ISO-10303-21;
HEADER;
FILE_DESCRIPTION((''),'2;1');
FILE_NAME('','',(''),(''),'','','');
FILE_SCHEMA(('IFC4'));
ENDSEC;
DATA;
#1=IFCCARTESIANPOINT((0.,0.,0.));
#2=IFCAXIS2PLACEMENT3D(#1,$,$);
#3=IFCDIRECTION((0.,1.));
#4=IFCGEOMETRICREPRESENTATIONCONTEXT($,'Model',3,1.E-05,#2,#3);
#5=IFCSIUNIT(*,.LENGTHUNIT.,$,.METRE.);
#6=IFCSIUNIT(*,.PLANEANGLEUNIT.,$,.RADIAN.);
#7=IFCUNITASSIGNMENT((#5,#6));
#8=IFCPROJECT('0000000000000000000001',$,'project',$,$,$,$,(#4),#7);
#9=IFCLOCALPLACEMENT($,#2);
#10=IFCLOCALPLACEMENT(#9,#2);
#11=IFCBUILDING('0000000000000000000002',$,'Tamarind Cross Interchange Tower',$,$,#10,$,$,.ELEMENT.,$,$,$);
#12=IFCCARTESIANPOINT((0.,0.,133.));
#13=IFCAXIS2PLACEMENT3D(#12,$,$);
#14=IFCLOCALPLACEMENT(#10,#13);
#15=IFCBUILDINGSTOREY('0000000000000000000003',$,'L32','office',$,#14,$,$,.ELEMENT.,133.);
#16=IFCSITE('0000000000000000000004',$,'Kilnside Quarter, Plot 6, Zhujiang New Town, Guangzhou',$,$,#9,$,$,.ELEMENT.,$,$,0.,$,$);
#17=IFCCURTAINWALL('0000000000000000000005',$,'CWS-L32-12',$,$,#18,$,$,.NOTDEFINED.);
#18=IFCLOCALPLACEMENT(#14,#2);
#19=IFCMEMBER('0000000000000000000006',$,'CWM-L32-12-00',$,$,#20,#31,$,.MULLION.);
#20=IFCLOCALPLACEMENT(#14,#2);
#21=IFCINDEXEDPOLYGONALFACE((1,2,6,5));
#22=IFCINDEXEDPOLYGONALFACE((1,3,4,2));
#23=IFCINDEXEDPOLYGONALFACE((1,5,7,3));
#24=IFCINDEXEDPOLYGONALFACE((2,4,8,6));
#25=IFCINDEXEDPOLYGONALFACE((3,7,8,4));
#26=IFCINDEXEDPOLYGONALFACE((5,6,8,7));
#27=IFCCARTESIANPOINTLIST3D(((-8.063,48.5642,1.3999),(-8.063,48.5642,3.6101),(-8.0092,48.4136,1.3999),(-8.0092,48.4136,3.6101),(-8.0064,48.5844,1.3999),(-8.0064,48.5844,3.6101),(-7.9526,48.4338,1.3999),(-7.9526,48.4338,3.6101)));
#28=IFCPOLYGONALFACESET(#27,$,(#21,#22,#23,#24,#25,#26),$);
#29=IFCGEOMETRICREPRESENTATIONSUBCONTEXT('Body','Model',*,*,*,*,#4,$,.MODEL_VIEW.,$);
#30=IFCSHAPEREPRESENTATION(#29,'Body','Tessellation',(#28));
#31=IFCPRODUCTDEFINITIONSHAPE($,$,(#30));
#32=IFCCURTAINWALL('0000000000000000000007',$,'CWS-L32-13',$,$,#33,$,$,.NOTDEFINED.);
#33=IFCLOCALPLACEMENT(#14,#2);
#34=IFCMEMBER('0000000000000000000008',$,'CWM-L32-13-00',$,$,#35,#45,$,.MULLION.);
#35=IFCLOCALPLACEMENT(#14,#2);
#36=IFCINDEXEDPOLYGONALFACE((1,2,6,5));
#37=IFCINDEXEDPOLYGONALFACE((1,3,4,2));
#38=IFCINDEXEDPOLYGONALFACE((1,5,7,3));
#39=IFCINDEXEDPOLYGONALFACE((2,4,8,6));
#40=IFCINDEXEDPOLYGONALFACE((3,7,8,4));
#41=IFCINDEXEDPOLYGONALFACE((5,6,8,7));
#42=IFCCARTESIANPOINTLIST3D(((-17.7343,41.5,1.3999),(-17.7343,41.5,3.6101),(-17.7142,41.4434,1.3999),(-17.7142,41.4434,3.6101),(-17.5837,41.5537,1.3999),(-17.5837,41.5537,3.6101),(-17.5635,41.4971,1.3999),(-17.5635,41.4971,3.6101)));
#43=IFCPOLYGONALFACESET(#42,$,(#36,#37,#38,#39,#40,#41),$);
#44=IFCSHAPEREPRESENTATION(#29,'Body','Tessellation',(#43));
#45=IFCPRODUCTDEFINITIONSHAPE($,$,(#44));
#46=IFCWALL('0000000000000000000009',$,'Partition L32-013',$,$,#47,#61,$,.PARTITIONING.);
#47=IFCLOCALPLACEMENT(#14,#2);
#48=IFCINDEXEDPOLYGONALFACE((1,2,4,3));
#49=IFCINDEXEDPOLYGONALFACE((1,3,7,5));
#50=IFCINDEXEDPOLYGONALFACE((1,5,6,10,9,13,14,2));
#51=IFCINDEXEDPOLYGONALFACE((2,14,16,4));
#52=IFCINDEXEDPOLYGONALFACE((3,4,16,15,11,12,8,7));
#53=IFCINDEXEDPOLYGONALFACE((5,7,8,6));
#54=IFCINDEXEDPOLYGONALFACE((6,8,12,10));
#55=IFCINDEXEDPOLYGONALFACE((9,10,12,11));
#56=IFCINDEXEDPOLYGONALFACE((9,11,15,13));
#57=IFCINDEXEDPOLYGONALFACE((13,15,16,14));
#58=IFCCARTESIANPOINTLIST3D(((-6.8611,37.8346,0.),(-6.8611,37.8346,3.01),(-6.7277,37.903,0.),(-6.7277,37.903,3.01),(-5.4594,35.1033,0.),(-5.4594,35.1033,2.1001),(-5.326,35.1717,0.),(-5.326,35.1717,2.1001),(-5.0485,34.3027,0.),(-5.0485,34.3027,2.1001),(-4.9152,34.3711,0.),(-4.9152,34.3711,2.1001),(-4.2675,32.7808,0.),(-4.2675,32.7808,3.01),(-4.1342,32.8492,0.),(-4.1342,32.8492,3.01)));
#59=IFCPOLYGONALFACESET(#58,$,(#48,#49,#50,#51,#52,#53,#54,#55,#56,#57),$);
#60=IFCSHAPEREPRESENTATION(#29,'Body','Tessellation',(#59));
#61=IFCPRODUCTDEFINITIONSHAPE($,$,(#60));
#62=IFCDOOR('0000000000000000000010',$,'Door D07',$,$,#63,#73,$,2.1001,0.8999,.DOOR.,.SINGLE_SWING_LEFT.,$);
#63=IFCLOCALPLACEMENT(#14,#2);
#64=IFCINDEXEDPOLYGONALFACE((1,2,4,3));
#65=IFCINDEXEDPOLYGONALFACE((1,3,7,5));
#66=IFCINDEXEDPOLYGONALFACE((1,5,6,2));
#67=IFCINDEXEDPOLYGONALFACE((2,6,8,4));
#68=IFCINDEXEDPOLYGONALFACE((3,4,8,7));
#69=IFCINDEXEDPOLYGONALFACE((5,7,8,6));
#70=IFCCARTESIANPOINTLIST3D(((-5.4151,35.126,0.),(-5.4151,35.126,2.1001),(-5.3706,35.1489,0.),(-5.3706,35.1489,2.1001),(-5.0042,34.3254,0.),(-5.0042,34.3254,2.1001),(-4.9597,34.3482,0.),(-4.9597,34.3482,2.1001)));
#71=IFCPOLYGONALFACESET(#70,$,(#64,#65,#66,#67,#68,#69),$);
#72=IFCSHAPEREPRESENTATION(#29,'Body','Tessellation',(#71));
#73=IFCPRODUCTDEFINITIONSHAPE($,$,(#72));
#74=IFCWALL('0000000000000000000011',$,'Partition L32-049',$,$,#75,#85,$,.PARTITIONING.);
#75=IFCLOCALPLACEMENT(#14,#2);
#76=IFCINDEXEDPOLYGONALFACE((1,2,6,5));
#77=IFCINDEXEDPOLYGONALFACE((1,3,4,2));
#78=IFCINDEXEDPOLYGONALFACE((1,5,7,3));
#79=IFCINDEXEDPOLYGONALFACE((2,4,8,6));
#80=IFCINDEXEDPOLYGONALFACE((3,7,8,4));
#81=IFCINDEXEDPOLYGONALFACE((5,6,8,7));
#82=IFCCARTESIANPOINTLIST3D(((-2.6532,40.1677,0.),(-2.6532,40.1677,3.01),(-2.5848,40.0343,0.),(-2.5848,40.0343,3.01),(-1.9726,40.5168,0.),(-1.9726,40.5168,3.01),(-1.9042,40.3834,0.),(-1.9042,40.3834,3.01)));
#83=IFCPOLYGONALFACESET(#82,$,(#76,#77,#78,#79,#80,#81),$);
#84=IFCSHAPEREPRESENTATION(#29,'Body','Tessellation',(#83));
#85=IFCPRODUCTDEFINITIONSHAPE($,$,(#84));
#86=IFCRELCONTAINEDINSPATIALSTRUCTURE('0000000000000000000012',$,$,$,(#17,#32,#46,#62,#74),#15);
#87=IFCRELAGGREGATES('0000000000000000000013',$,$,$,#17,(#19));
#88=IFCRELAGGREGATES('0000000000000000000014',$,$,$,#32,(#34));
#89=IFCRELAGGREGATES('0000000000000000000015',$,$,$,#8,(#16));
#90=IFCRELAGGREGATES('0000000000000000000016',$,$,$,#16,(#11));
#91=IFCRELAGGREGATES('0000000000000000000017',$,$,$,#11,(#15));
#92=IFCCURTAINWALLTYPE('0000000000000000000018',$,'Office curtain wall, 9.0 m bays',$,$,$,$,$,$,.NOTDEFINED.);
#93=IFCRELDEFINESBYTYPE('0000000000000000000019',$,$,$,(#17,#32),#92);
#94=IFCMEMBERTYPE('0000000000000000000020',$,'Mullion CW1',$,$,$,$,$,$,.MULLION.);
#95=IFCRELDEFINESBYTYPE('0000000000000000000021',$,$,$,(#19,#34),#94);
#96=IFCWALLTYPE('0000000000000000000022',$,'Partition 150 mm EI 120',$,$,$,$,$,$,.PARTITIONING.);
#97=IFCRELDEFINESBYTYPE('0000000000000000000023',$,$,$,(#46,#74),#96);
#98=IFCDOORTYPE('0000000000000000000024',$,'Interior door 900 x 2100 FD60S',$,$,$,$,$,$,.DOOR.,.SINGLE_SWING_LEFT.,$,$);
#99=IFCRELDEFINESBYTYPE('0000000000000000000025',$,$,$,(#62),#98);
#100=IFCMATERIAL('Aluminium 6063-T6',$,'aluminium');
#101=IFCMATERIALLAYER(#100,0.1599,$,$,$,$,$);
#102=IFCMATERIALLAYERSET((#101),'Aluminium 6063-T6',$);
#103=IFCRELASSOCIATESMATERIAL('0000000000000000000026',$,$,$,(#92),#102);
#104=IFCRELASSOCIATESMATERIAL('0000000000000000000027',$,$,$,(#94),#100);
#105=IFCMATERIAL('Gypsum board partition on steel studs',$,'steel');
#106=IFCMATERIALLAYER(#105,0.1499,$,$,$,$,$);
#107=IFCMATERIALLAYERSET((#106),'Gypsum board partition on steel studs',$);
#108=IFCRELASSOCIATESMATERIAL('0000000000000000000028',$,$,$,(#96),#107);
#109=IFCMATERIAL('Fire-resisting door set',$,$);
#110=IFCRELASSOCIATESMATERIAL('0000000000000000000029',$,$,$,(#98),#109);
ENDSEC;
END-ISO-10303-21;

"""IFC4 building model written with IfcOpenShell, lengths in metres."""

from ifc_helpers import new_model, si_unit, direction, frame, frame_2d, origin, origin_2d, place, context, subcontext, project, spatial, rectangle, extrude, material, layer, layer_set, material_profile, profile_set, type_object, element, fill, aggregate, save


model = new_model("IFC4")

# Units and contexts
model_context = context("Model", 3, precision=1e-05, world=origin(), true_north=direction((0.0, 1.0)))
body_context = subcontext(model_context, "Body", "Model", "MODEL_VIEW")
ifc_project = project(units=[si_unit("LENGTHUNIT", "METRE"), si_unit("PLANEANGLEUNIT", "RADIAN")], contexts=[model_context])

# Site, building, storey
site_placement = place(None, origin())
site = spatial("IfcSite", under=ifc_project, at=site_placement, Name="Kilnside Quarter, Plot 6, Zhujiang New Town, Guangzhou", CompositionType="ELEMENT", RefElevation=0.0)
building_placement = place(site_placement, origin())
building = spatial("IfcBuilding", under=site, at=building_placement, Name="Tamarind Cross Interchange Tower", CompositionType="ELEMENT")
storey_placement = place(building_placement, frame((0.0, 0.0, 133.0)))
storey = spatial("IfcBuildingStorey", under=building, at=storey_placement, Name="L32", Description="office", CompositionType="ELEMENT", Elevation=133.0)

# Curtain walls, members
ifc_material_1 = material(Name="Aluminium 6063-T6", Category="aluminium")
ifc_layer_1 = layer(ifc_material_1, 0.1599)
ifc_layer_set_1 = layer_set([ifc_layer_1], Name="Aluminium 6063-T6")
curtain_wall_type = type_object("IfcCurtainWallType", Name="Office curtain wall, 9.0 m bays", PredefinedType="NOTDEFINED", material=ifc_layer_set_1)
ifc_material_profile_1 = material_profile(ifc_material_1, rectangle(XDim=0.0601, YDim=0.1599, at=origin_2d()), Name="Mullion CW1")
ifc_profile_set_1 = profile_set([ifc_material_profile_1], Name="Aluminium 6063-T6")
member_type = type_object("IfcMemberType", Name="Mullion CW1", PredefinedType="MULLION", material=ifc_profile_set_1)
curtain_wall_1_placement = place(storey_placement, origin())
curtain_wall_1 = element("IfcCurtainWall", 1, at=curtain_wall_1_placement, inside=storey, type_object=curtain_wall_type, Name="CWS-L32-12", PredefinedType="NOTDEFINED")
member_1_placement = place(storey_placement, frame((-8.0078, 48.499, 1.3999), z_axis=(0.0, 0.0, 1.0), x_axis=(-0.941677, -0.336517, 0.0)))
member_1 = element("IfcMember", 2, at=member_1_placement, type_object=member_type, Name="CWM-L32-12-00", PredefinedType="MULLION", context=body_context, shape_type="SweptSolid", body=[
    extrude(rectangle(XDim=0.0601, YDim=0.1599, at=origin_2d()), origin(), (0.0, 0.0, 1.0), 2.2102),
])
aggregate(curtain_wall_1, [member_1])
curtain_wall_2_placement = place(storey_placement, origin())
curtain_wall_2 = element("IfcCurtainWall", 3, at=curtain_wall_2_placement, inside=storey, type_object=curtain_wall_type, Name="CWS-L32-13", PredefinedType="NOTDEFINED")
member_2_placement = place(storey_placement, frame((-17.6489, 41.4985, 1.3999), z_axis=(0.0, 0.0, 1.0), x_axis=(0.335615, -0.941999, 0.0)))
member_2 = element("IfcMember", 4, at=member_2_placement, type_object=member_type, Name="CWM-L32-13-00", PredefinedType="MULLION", context=body_context, shape_type="SweptSolid", body=[
    extrude(rectangle(XDim=0.0601, YDim=0.1599, at=origin_2d()), origin(), (0.0, 0.0, 1.0), 2.2102),
])
aggregate(curtain_wall_2, [member_2])

# Wall, opening, door
ifc_material_2 = material(Name="Gypsum board partition on steel studs", Category="steel")
ifc_layer_2 = layer(ifc_material_2, 0.1499)
ifc_layer_set_2 = layer_set([ifc_layer_2], Name="Gypsum board partition on steel studs")
wall_type = type_object("IfcWallType", Name="Partition 150 mm EI 120", PredefinedType="PARTITIONING", material=ifc_layer_set_2)
wall_1_placement = place(storey_placement, frame((-6.7944, 37.8689, 0.0), z_axis=(0.0, 0.0, 1.0), x_axis=(0.456576, -0.889685, 0.0)))
wall_1 = element("IfcWall", 5, at=wall_1_placement, inside=storey, type_object=wall_type, Name="Partition L32-013", PredefinedType="PARTITIONING", context=body_context, shape_type="SweptSolid", body=[
    extrude(rectangle(XDim=5.6804, YDim=0.1499, at=frame_2d((2.8403, 0.0))), origin(), (0.0, 0.0, 1.0), 3.01),
])
opening_placement = place(wall_1_placement, frame((3.0701, 0.0, 0.0)))
opening = element("IfcOpeningElement", 6, at=opening_placement, cuts=wall_1, PredefinedType="OPENING", context=body_context, shape_type="SweptSolid", body=[
    extrude(rectangle(XDim=0.8999, YDim=2.1001, at=frame_2d((0.45, 1.05))), frame((0.0, 0.085, 0.0), z_axis=(0.0, -1.0, 0.0), x_axis=(1.0, 0.0, 0.0)), (0.0, 0.0, 1.0), 0.1699),
])
ifc_material_3 = material(Name="Fire-resisting door set")
door_type = type_object("IfcDoorType", Name="Interior door 900 x 2100 FD60S", OperationType="SINGLE_SWING_LEFT", PredefinedType="DOOR", material=ifc_material_3)
door_placement = place(opening_placement, origin())
door = element("IfcDoor", 7, at=door_placement, inside=storey, type_object=door_type, Name="Door D07", OperationType="SINGLE_SWING_LEFT", OverallHeight=2.1001, OverallWidth=0.8999, PredefinedType="DOOR", context=body_context, shape_type="SweptSolid", body=[
    extrude(rectangle(XDim=0.8999, YDim=2.1001, at=frame_2d((0.45, 1.05))), frame((0.0, 0.0249, 0.0), z_axis=(0.0, -1.0, 0.0), x_axis=(1.0, 0.0, 0.0)), (0.0, 0.0, 1.0), 0.05),
])
fill(opening, door)

# Wall
wall_2_placement = place(storey_placement, frame((-2.6189, 40.1011, 0.0), z_axis=(0.0, 0.0, 1.0), x_axis=(0.889784, 0.456381, 0.0)))
element("IfcWall", 8, at=wall_2_placement, inside=storey, type_object=wall_type, Name="Partition L32-049", PredefinedType="PARTITIONING", context=body_context, shape_type="SweptSolid", body=[
    extrude(rectangle(XDim=0.7649, YDim=0.1499, at=frame_2d((0.3823, 0.0))), origin(), (0.0, 0.0, 1.0), 3.01),
])

save(model, "model.ifc")
